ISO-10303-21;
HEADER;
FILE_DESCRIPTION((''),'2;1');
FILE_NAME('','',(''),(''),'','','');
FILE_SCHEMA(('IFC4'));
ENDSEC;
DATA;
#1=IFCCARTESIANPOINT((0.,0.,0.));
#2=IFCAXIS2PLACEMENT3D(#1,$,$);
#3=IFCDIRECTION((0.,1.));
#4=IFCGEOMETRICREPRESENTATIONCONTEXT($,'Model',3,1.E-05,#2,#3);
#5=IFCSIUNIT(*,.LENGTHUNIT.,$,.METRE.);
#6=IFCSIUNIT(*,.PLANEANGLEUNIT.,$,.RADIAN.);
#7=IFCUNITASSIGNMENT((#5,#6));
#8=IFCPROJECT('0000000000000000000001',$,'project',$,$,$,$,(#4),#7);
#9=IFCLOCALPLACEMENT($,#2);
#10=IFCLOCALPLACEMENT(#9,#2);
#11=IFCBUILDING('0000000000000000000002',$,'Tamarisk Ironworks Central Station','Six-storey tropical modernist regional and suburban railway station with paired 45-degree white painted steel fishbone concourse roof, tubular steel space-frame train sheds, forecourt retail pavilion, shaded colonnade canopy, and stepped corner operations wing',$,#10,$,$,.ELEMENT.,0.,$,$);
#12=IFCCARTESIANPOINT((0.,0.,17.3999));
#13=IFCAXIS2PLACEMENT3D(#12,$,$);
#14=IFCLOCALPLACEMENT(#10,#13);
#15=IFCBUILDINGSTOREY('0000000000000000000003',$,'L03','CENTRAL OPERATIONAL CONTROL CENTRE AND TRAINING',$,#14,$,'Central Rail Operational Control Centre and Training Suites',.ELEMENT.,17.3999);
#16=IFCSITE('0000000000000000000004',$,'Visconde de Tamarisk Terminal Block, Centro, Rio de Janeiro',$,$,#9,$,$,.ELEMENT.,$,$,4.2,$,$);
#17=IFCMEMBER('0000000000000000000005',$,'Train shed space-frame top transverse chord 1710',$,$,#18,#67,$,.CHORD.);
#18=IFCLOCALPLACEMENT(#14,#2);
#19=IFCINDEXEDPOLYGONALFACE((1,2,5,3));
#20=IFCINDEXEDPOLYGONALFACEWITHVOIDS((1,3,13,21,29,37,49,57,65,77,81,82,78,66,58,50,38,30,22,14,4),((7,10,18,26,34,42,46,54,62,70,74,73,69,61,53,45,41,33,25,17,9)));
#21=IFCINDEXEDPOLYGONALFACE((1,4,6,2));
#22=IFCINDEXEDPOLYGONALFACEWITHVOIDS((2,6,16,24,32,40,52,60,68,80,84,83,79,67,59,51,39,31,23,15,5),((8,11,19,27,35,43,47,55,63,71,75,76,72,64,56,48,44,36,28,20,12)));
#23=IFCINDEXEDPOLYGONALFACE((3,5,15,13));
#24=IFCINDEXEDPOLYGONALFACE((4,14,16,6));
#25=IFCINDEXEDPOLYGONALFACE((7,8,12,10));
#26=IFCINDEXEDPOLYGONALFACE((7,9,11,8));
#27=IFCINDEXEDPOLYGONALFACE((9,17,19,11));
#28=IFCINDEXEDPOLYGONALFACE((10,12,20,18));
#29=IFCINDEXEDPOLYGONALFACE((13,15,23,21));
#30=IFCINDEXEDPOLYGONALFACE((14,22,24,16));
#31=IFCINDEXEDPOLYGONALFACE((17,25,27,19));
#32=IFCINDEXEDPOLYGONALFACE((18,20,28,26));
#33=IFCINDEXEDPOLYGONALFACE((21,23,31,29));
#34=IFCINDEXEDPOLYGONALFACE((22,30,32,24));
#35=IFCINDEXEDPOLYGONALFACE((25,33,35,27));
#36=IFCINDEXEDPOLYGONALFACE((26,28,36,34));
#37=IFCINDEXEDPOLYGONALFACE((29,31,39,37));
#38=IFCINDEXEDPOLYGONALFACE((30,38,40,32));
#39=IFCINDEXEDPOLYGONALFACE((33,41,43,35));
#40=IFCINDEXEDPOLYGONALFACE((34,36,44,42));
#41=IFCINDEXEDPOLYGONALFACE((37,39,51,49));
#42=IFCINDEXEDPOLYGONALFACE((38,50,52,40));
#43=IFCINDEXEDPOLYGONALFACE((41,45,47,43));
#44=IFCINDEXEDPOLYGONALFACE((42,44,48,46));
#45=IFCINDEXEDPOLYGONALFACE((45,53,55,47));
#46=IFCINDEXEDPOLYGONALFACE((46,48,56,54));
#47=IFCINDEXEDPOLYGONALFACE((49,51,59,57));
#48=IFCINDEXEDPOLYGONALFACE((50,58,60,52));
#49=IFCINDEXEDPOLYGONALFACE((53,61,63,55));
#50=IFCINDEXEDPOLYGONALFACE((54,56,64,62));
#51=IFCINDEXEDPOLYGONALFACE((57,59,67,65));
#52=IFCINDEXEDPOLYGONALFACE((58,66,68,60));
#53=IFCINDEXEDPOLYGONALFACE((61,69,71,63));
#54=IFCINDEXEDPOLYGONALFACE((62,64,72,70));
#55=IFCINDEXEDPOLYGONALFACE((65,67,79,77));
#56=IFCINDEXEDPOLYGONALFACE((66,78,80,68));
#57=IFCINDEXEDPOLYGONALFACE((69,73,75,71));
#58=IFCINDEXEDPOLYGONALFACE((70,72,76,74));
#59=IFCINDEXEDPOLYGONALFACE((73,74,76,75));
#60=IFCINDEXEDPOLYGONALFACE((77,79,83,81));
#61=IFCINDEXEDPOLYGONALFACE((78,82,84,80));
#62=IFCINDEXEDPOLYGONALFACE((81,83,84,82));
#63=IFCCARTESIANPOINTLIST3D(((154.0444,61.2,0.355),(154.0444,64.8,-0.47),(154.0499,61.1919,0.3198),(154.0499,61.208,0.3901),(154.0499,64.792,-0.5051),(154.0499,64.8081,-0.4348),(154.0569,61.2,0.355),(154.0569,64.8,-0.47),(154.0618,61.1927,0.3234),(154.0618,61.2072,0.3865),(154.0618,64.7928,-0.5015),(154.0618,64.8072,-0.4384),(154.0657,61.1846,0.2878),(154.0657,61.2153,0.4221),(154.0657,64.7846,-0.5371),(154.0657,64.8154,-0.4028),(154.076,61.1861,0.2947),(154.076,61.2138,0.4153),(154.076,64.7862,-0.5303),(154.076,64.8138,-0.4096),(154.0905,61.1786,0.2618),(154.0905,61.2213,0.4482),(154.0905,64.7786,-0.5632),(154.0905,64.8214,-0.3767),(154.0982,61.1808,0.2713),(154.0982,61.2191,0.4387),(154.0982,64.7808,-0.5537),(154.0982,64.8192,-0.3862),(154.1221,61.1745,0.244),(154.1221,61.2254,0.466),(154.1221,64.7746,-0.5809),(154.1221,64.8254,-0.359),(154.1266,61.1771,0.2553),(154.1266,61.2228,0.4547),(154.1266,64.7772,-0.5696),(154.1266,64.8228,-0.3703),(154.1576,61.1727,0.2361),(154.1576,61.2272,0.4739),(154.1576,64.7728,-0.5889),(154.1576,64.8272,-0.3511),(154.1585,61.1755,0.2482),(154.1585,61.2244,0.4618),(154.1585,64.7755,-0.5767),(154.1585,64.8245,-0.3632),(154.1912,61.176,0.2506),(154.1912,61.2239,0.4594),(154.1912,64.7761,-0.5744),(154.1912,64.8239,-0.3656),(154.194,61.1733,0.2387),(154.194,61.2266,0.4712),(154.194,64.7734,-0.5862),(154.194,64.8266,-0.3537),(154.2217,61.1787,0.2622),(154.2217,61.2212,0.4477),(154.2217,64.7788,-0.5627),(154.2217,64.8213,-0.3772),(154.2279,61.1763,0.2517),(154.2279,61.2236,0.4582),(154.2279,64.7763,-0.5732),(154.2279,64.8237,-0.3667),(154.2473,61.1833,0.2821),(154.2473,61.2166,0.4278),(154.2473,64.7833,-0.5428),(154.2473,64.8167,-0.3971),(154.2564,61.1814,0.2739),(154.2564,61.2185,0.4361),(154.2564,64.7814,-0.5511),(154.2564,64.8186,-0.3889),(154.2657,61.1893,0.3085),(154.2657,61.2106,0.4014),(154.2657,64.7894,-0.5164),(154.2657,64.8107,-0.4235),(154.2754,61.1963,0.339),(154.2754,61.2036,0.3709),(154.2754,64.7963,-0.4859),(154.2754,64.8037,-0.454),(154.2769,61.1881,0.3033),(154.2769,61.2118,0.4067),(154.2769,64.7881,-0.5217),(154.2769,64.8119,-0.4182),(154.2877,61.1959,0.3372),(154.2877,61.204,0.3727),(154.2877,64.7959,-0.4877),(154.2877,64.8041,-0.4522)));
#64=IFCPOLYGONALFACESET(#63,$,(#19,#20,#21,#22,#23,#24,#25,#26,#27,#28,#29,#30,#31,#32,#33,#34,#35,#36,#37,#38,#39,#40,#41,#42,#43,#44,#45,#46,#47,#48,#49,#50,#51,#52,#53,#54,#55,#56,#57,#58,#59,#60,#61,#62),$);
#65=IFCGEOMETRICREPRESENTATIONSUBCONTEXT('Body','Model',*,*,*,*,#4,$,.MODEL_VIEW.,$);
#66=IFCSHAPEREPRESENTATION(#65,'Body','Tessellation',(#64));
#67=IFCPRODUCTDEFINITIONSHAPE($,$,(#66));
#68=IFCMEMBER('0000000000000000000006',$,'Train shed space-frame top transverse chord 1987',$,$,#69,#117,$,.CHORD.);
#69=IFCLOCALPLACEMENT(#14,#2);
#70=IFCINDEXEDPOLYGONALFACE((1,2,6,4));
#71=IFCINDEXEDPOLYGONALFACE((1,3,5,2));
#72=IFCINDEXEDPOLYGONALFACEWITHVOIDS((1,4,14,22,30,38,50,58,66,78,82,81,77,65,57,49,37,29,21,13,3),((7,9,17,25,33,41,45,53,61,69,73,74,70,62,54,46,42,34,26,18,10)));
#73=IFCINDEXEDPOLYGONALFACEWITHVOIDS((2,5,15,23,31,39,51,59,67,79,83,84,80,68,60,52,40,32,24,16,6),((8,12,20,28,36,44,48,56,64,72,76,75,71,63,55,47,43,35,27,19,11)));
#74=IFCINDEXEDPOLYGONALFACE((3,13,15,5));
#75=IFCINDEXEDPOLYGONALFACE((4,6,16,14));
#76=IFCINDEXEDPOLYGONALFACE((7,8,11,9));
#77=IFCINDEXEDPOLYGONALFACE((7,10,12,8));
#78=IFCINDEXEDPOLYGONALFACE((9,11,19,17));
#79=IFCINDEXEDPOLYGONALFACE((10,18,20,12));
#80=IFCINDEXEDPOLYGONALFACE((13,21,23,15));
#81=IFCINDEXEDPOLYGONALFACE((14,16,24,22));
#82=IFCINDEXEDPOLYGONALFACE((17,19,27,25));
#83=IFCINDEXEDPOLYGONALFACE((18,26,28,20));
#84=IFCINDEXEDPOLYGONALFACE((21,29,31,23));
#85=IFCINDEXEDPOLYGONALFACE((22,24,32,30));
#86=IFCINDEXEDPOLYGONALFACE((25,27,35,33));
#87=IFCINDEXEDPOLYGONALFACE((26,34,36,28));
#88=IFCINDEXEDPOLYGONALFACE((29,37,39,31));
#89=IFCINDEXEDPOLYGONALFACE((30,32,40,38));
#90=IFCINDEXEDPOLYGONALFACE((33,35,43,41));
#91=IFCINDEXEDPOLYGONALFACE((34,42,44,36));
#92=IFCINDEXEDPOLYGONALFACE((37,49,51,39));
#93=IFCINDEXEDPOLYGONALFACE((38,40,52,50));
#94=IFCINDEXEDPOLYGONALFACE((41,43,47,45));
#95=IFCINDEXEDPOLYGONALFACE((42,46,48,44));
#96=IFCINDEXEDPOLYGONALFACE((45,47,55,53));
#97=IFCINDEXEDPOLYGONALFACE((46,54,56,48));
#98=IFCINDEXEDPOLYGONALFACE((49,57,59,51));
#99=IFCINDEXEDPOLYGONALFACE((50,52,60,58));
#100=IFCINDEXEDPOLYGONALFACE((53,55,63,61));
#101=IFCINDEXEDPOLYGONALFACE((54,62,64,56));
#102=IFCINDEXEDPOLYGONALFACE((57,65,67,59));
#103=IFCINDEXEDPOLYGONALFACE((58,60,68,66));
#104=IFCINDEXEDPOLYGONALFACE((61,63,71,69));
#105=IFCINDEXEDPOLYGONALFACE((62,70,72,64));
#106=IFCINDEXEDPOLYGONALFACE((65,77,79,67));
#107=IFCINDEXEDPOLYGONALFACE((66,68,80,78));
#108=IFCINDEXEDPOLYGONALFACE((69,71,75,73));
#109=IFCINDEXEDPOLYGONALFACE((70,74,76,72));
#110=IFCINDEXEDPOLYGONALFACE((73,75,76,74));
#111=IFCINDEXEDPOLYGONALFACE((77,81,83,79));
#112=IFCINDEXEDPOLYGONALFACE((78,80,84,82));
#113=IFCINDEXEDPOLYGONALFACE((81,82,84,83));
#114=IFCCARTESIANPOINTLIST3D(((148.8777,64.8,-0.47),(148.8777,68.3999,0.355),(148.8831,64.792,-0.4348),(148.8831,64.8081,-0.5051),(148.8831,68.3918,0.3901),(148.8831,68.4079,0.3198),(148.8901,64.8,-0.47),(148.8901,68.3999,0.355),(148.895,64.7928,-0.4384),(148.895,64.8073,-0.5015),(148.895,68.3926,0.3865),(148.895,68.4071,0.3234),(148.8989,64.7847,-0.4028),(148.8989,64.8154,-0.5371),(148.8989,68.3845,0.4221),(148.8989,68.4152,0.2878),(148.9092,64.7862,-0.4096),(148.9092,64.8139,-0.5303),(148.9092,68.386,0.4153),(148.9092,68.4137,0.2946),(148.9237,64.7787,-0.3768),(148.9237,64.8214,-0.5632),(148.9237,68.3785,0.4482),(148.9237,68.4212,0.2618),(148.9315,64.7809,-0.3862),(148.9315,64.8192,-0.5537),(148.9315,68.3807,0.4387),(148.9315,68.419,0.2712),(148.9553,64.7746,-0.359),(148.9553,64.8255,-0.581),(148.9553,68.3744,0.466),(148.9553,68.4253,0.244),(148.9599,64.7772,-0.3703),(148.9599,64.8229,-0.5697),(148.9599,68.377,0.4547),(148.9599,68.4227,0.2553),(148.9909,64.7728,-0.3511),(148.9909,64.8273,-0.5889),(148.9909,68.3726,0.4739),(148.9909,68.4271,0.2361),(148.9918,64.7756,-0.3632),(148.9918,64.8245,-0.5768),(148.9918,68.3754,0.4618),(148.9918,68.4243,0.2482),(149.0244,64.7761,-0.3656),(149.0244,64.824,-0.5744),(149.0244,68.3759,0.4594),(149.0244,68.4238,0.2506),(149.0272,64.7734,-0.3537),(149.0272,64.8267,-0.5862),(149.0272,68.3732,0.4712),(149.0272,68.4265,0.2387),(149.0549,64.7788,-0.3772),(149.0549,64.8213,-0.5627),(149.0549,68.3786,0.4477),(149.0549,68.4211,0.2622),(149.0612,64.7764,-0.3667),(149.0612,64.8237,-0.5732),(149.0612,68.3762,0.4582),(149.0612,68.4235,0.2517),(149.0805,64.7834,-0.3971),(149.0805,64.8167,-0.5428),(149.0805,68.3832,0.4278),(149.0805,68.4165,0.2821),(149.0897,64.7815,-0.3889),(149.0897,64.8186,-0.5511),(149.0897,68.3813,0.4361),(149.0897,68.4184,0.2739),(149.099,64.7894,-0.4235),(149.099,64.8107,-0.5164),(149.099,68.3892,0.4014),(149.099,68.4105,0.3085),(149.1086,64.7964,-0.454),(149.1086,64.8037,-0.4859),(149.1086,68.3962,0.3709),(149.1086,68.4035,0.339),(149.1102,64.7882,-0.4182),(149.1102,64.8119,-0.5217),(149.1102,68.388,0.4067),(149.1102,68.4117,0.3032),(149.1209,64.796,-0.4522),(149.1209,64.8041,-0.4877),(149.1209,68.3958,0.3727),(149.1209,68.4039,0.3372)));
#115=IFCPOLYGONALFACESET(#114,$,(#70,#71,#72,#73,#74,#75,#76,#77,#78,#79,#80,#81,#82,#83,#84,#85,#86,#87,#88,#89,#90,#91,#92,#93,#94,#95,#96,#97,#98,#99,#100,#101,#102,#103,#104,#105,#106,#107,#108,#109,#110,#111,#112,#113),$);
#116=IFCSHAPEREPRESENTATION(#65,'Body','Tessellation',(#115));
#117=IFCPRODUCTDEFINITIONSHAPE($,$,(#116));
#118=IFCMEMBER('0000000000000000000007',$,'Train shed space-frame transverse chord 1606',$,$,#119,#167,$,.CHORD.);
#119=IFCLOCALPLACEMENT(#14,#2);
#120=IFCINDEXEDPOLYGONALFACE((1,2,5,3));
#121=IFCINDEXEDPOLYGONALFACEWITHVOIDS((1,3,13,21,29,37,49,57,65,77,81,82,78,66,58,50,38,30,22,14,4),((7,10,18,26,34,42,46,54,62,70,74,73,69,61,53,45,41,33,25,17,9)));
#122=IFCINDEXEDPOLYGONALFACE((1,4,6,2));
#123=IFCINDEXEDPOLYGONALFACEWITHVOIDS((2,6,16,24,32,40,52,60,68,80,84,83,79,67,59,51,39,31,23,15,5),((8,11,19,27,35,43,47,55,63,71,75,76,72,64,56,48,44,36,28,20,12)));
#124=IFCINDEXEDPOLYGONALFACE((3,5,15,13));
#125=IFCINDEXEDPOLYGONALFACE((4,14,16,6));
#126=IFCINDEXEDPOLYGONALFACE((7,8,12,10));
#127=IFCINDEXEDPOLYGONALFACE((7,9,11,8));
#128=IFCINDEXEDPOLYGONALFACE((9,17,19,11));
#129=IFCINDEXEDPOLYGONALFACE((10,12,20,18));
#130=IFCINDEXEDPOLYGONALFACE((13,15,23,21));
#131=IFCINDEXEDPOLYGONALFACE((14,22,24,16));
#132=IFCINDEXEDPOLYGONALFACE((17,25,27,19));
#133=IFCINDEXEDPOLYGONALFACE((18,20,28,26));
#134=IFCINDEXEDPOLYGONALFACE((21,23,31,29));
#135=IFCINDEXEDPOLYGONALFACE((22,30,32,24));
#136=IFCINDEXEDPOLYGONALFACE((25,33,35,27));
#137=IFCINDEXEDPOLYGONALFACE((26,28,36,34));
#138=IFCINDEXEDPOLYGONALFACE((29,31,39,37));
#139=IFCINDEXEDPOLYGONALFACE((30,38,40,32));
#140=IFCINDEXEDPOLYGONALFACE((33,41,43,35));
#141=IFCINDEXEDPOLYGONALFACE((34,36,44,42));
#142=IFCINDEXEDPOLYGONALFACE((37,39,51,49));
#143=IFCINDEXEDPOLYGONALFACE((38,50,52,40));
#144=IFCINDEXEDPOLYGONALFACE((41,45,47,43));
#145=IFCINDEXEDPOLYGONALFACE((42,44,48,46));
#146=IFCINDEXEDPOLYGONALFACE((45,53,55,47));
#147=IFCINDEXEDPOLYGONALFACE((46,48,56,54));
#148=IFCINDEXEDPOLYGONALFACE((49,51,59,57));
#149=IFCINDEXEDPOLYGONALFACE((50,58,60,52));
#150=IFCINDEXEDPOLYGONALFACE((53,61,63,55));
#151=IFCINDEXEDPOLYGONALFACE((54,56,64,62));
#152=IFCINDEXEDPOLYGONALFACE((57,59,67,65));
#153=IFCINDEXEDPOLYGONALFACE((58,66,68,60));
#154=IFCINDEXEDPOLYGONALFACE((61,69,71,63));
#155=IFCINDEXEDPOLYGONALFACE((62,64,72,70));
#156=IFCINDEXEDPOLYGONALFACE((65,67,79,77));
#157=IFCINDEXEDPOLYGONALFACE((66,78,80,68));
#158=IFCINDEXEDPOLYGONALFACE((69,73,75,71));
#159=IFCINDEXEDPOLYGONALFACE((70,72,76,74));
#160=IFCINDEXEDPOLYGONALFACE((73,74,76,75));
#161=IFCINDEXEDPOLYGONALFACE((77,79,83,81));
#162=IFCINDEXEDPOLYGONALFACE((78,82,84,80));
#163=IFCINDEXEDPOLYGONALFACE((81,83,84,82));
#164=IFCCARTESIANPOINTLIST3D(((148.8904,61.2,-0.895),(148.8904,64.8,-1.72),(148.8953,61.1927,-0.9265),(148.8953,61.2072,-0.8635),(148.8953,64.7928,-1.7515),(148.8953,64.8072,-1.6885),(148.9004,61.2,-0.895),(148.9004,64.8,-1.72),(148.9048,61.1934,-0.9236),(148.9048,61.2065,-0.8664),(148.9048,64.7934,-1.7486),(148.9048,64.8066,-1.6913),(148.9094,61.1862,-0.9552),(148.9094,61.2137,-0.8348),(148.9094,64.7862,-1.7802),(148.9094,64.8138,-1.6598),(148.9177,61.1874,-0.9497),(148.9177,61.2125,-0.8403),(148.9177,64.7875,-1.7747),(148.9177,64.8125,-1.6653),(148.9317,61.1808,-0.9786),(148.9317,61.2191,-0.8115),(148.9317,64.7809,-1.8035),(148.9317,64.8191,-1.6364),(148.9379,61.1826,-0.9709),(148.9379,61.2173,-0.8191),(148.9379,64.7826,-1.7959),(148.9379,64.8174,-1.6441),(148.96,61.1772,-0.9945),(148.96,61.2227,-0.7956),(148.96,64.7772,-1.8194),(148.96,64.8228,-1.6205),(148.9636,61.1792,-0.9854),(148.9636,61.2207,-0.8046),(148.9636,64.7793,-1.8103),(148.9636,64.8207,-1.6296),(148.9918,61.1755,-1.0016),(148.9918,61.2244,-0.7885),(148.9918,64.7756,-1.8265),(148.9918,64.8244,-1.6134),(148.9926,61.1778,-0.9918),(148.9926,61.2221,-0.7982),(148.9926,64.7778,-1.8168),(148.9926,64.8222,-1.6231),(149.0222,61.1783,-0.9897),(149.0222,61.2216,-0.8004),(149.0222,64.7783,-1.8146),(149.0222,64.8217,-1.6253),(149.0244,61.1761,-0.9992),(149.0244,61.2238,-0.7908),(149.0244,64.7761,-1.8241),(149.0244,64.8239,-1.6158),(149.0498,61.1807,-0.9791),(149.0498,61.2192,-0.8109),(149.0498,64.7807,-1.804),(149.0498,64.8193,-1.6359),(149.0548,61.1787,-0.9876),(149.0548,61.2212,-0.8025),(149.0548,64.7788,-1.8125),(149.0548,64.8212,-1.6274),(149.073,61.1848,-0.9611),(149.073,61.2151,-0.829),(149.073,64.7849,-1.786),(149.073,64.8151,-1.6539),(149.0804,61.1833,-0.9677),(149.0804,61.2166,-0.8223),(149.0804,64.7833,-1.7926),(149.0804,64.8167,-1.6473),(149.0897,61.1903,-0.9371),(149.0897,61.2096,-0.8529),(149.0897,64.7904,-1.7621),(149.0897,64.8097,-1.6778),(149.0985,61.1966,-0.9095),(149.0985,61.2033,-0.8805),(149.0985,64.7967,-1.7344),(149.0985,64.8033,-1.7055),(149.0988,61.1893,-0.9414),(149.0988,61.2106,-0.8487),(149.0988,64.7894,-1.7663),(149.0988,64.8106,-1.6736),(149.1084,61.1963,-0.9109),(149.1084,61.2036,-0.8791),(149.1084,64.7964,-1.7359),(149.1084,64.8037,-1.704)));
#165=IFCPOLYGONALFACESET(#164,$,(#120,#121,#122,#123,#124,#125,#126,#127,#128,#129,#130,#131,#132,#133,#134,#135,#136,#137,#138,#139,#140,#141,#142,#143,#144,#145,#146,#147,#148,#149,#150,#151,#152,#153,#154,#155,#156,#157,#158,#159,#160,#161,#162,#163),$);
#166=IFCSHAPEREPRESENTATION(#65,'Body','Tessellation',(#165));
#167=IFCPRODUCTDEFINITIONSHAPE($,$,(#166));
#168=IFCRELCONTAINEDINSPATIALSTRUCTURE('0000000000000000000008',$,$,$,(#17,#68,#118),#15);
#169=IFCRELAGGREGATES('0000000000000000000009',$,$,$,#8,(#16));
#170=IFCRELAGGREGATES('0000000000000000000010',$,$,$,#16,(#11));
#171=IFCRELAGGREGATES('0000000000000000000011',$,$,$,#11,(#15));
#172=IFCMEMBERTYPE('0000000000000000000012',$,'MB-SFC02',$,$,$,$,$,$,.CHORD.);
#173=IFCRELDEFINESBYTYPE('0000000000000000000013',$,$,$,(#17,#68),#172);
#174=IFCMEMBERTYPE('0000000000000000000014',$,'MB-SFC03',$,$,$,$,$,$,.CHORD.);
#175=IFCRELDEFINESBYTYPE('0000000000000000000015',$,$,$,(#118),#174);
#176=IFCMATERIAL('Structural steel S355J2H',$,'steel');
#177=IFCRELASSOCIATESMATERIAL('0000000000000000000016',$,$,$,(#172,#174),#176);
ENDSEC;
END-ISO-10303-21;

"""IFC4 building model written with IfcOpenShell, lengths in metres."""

from ifc_helpers import new_model, si_unit, direction, frame, origin, origin_2d, place, context, subcontext, project, spatial, hollow_circle, extrude, material, material_profile, profile_set, type_object, element, save


model = new_model("IFC4")

# Units and contexts
model_context = context("Model", 3, precision=1e-05, world=origin(), true_north=direction((0.0, 1.0)))
body_context = subcontext(model_context, "Body", "Model", "MODEL_VIEW")
ifc_project = project(units=[si_unit("LENGTHUNIT", "METRE"), si_unit("PLANEANGLEUNIT", "RADIAN")], contexts=[model_context])

# Site, building, storey
site_placement = place(None, origin())
site = spatial("IfcSite", under=ifc_project, at=site_placement, Name="Visconde de Tamarisk Terminal Block, Centro, Rio de Janeiro", CompositionType="ELEMENT", RefElevation=4.2)
building_placement = place(site_placement, origin())
building = spatial("IfcBuilding", under=site, at=building_placement, Name="Tamarisk Ironworks Central Station", Description="Six-storey tropical modernist regional and suburban railway station with paired 45-degree white painted steel fishbone concourse roof, tubular steel space-frame train sheds, forecourt retail pavilion, shaded colonnade canopy, and stepped corner operations wing", CompositionType="ELEMENT", ElevationOfRefHeight=0.0)
storey_placement = place(building_placement, frame((0.0, 0.0, 17.3999)))
storey = spatial("IfcBuildingStorey", under=building, at=storey_placement, Name="L03", Description="CENTRAL OPERATIONAL CONTROL CENTRE AND TRAINING", LongName="Central Rail Operational Control Centre and Training Suites", CompositionType="ELEMENT", Elevation=17.3999)

# Members
ifc_material = material(Name="Structural steel S355J2H", Category="steel")
ifc_material_profile_1 = material_profile(ifc_material, hollow_circle(Radius=0.1223, WallThickness=0.0125, at=origin_2d()), Name="CHS 244.5x12.5")
ifc_profile_set_1 = profile_set([ifc_material_profile_1], Name="Structural steel S355J2H")
member_type_1 = type_object("IfcMemberType", Name="MB-SFC02", PredefinedType="CHORD", material=ifc_profile_set_1)
member_1_placement = place(storey_placement, frame((154.1667, 61.2, 0.355), z_axis=(0.0, 0.974737, -0.223358), x_axis=(-1.0, 0.0, 0.0)))
element("IfcMember", 1, at=member_1_placement, inside=storey, type_object=member_type_1, Name="Train shed space-frame top transverse chord 1710", PredefinedType="CHORD", context=body_context, shape_type="SweptSolid", body=[
    extrude(hollow_circle(Radius=0.1223, WallThickness=0.0125, at=origin_2d()), origin(), (0.0, 0.0, 1.0), 3.6934),
])
member_2_placement = place(storey_placement, frame((149.0, 64.8, -0.47), z_axis=(0.0, 0.974733, 0.223372), x_axis=(-1.0, 0.0, 0.0)))
element("IfcMember", 2, at=member_2_placement, inside=storey, type_object=member_type_1, Name="Train shed space-frame top transverse chord 1987", PredefinedType="CHORD", context=body_context, shape_type="SweptSolid", body=[
    extrude(hollow_circle(Radius=0.1223, WallThickness=0.0125, at=origin_2d()), origin(), (0.0, 0.0, 1.0), 3.6931),
])
ifc_material_profile_2 = material_profile(ifc_material, hollow_circle(Radius=0.1096, WallThickness=0.01, at=origin_2d()), Name="CHS 219.1x10")
ifc_profile_set_2 = profile_set([ifc_material_profile_2], Name="Structural steel S355J2H")
member_type_2 = type_object("IfcMemberType", Name="MB-SFC03", PredefinedType="CHORD", material=ifc_profile_set_2)
member_3_placement = place(storey_placement, frame((149.0, 61.2, -0.895), z_axis=(0.0, 0.974737, -0.223358), x_axis=(-1.0, 0.0, 0.0)))
element("IfcMember", 3, at=member_3_placement, inside=storey, type_object=member_type_2, Name="Train shed space-frame transverse chord 1606", PredefinedType="CHORD", context=body_context, shape_type="SweptSolid", body=[
    extrude(hollow_circle(Radius=0.1096, WallThickness=0.01, at=origin_2d()), origin(), (0.0, 0.0, 1.0), 3.6934),
])

save(model, "model.ifc")
